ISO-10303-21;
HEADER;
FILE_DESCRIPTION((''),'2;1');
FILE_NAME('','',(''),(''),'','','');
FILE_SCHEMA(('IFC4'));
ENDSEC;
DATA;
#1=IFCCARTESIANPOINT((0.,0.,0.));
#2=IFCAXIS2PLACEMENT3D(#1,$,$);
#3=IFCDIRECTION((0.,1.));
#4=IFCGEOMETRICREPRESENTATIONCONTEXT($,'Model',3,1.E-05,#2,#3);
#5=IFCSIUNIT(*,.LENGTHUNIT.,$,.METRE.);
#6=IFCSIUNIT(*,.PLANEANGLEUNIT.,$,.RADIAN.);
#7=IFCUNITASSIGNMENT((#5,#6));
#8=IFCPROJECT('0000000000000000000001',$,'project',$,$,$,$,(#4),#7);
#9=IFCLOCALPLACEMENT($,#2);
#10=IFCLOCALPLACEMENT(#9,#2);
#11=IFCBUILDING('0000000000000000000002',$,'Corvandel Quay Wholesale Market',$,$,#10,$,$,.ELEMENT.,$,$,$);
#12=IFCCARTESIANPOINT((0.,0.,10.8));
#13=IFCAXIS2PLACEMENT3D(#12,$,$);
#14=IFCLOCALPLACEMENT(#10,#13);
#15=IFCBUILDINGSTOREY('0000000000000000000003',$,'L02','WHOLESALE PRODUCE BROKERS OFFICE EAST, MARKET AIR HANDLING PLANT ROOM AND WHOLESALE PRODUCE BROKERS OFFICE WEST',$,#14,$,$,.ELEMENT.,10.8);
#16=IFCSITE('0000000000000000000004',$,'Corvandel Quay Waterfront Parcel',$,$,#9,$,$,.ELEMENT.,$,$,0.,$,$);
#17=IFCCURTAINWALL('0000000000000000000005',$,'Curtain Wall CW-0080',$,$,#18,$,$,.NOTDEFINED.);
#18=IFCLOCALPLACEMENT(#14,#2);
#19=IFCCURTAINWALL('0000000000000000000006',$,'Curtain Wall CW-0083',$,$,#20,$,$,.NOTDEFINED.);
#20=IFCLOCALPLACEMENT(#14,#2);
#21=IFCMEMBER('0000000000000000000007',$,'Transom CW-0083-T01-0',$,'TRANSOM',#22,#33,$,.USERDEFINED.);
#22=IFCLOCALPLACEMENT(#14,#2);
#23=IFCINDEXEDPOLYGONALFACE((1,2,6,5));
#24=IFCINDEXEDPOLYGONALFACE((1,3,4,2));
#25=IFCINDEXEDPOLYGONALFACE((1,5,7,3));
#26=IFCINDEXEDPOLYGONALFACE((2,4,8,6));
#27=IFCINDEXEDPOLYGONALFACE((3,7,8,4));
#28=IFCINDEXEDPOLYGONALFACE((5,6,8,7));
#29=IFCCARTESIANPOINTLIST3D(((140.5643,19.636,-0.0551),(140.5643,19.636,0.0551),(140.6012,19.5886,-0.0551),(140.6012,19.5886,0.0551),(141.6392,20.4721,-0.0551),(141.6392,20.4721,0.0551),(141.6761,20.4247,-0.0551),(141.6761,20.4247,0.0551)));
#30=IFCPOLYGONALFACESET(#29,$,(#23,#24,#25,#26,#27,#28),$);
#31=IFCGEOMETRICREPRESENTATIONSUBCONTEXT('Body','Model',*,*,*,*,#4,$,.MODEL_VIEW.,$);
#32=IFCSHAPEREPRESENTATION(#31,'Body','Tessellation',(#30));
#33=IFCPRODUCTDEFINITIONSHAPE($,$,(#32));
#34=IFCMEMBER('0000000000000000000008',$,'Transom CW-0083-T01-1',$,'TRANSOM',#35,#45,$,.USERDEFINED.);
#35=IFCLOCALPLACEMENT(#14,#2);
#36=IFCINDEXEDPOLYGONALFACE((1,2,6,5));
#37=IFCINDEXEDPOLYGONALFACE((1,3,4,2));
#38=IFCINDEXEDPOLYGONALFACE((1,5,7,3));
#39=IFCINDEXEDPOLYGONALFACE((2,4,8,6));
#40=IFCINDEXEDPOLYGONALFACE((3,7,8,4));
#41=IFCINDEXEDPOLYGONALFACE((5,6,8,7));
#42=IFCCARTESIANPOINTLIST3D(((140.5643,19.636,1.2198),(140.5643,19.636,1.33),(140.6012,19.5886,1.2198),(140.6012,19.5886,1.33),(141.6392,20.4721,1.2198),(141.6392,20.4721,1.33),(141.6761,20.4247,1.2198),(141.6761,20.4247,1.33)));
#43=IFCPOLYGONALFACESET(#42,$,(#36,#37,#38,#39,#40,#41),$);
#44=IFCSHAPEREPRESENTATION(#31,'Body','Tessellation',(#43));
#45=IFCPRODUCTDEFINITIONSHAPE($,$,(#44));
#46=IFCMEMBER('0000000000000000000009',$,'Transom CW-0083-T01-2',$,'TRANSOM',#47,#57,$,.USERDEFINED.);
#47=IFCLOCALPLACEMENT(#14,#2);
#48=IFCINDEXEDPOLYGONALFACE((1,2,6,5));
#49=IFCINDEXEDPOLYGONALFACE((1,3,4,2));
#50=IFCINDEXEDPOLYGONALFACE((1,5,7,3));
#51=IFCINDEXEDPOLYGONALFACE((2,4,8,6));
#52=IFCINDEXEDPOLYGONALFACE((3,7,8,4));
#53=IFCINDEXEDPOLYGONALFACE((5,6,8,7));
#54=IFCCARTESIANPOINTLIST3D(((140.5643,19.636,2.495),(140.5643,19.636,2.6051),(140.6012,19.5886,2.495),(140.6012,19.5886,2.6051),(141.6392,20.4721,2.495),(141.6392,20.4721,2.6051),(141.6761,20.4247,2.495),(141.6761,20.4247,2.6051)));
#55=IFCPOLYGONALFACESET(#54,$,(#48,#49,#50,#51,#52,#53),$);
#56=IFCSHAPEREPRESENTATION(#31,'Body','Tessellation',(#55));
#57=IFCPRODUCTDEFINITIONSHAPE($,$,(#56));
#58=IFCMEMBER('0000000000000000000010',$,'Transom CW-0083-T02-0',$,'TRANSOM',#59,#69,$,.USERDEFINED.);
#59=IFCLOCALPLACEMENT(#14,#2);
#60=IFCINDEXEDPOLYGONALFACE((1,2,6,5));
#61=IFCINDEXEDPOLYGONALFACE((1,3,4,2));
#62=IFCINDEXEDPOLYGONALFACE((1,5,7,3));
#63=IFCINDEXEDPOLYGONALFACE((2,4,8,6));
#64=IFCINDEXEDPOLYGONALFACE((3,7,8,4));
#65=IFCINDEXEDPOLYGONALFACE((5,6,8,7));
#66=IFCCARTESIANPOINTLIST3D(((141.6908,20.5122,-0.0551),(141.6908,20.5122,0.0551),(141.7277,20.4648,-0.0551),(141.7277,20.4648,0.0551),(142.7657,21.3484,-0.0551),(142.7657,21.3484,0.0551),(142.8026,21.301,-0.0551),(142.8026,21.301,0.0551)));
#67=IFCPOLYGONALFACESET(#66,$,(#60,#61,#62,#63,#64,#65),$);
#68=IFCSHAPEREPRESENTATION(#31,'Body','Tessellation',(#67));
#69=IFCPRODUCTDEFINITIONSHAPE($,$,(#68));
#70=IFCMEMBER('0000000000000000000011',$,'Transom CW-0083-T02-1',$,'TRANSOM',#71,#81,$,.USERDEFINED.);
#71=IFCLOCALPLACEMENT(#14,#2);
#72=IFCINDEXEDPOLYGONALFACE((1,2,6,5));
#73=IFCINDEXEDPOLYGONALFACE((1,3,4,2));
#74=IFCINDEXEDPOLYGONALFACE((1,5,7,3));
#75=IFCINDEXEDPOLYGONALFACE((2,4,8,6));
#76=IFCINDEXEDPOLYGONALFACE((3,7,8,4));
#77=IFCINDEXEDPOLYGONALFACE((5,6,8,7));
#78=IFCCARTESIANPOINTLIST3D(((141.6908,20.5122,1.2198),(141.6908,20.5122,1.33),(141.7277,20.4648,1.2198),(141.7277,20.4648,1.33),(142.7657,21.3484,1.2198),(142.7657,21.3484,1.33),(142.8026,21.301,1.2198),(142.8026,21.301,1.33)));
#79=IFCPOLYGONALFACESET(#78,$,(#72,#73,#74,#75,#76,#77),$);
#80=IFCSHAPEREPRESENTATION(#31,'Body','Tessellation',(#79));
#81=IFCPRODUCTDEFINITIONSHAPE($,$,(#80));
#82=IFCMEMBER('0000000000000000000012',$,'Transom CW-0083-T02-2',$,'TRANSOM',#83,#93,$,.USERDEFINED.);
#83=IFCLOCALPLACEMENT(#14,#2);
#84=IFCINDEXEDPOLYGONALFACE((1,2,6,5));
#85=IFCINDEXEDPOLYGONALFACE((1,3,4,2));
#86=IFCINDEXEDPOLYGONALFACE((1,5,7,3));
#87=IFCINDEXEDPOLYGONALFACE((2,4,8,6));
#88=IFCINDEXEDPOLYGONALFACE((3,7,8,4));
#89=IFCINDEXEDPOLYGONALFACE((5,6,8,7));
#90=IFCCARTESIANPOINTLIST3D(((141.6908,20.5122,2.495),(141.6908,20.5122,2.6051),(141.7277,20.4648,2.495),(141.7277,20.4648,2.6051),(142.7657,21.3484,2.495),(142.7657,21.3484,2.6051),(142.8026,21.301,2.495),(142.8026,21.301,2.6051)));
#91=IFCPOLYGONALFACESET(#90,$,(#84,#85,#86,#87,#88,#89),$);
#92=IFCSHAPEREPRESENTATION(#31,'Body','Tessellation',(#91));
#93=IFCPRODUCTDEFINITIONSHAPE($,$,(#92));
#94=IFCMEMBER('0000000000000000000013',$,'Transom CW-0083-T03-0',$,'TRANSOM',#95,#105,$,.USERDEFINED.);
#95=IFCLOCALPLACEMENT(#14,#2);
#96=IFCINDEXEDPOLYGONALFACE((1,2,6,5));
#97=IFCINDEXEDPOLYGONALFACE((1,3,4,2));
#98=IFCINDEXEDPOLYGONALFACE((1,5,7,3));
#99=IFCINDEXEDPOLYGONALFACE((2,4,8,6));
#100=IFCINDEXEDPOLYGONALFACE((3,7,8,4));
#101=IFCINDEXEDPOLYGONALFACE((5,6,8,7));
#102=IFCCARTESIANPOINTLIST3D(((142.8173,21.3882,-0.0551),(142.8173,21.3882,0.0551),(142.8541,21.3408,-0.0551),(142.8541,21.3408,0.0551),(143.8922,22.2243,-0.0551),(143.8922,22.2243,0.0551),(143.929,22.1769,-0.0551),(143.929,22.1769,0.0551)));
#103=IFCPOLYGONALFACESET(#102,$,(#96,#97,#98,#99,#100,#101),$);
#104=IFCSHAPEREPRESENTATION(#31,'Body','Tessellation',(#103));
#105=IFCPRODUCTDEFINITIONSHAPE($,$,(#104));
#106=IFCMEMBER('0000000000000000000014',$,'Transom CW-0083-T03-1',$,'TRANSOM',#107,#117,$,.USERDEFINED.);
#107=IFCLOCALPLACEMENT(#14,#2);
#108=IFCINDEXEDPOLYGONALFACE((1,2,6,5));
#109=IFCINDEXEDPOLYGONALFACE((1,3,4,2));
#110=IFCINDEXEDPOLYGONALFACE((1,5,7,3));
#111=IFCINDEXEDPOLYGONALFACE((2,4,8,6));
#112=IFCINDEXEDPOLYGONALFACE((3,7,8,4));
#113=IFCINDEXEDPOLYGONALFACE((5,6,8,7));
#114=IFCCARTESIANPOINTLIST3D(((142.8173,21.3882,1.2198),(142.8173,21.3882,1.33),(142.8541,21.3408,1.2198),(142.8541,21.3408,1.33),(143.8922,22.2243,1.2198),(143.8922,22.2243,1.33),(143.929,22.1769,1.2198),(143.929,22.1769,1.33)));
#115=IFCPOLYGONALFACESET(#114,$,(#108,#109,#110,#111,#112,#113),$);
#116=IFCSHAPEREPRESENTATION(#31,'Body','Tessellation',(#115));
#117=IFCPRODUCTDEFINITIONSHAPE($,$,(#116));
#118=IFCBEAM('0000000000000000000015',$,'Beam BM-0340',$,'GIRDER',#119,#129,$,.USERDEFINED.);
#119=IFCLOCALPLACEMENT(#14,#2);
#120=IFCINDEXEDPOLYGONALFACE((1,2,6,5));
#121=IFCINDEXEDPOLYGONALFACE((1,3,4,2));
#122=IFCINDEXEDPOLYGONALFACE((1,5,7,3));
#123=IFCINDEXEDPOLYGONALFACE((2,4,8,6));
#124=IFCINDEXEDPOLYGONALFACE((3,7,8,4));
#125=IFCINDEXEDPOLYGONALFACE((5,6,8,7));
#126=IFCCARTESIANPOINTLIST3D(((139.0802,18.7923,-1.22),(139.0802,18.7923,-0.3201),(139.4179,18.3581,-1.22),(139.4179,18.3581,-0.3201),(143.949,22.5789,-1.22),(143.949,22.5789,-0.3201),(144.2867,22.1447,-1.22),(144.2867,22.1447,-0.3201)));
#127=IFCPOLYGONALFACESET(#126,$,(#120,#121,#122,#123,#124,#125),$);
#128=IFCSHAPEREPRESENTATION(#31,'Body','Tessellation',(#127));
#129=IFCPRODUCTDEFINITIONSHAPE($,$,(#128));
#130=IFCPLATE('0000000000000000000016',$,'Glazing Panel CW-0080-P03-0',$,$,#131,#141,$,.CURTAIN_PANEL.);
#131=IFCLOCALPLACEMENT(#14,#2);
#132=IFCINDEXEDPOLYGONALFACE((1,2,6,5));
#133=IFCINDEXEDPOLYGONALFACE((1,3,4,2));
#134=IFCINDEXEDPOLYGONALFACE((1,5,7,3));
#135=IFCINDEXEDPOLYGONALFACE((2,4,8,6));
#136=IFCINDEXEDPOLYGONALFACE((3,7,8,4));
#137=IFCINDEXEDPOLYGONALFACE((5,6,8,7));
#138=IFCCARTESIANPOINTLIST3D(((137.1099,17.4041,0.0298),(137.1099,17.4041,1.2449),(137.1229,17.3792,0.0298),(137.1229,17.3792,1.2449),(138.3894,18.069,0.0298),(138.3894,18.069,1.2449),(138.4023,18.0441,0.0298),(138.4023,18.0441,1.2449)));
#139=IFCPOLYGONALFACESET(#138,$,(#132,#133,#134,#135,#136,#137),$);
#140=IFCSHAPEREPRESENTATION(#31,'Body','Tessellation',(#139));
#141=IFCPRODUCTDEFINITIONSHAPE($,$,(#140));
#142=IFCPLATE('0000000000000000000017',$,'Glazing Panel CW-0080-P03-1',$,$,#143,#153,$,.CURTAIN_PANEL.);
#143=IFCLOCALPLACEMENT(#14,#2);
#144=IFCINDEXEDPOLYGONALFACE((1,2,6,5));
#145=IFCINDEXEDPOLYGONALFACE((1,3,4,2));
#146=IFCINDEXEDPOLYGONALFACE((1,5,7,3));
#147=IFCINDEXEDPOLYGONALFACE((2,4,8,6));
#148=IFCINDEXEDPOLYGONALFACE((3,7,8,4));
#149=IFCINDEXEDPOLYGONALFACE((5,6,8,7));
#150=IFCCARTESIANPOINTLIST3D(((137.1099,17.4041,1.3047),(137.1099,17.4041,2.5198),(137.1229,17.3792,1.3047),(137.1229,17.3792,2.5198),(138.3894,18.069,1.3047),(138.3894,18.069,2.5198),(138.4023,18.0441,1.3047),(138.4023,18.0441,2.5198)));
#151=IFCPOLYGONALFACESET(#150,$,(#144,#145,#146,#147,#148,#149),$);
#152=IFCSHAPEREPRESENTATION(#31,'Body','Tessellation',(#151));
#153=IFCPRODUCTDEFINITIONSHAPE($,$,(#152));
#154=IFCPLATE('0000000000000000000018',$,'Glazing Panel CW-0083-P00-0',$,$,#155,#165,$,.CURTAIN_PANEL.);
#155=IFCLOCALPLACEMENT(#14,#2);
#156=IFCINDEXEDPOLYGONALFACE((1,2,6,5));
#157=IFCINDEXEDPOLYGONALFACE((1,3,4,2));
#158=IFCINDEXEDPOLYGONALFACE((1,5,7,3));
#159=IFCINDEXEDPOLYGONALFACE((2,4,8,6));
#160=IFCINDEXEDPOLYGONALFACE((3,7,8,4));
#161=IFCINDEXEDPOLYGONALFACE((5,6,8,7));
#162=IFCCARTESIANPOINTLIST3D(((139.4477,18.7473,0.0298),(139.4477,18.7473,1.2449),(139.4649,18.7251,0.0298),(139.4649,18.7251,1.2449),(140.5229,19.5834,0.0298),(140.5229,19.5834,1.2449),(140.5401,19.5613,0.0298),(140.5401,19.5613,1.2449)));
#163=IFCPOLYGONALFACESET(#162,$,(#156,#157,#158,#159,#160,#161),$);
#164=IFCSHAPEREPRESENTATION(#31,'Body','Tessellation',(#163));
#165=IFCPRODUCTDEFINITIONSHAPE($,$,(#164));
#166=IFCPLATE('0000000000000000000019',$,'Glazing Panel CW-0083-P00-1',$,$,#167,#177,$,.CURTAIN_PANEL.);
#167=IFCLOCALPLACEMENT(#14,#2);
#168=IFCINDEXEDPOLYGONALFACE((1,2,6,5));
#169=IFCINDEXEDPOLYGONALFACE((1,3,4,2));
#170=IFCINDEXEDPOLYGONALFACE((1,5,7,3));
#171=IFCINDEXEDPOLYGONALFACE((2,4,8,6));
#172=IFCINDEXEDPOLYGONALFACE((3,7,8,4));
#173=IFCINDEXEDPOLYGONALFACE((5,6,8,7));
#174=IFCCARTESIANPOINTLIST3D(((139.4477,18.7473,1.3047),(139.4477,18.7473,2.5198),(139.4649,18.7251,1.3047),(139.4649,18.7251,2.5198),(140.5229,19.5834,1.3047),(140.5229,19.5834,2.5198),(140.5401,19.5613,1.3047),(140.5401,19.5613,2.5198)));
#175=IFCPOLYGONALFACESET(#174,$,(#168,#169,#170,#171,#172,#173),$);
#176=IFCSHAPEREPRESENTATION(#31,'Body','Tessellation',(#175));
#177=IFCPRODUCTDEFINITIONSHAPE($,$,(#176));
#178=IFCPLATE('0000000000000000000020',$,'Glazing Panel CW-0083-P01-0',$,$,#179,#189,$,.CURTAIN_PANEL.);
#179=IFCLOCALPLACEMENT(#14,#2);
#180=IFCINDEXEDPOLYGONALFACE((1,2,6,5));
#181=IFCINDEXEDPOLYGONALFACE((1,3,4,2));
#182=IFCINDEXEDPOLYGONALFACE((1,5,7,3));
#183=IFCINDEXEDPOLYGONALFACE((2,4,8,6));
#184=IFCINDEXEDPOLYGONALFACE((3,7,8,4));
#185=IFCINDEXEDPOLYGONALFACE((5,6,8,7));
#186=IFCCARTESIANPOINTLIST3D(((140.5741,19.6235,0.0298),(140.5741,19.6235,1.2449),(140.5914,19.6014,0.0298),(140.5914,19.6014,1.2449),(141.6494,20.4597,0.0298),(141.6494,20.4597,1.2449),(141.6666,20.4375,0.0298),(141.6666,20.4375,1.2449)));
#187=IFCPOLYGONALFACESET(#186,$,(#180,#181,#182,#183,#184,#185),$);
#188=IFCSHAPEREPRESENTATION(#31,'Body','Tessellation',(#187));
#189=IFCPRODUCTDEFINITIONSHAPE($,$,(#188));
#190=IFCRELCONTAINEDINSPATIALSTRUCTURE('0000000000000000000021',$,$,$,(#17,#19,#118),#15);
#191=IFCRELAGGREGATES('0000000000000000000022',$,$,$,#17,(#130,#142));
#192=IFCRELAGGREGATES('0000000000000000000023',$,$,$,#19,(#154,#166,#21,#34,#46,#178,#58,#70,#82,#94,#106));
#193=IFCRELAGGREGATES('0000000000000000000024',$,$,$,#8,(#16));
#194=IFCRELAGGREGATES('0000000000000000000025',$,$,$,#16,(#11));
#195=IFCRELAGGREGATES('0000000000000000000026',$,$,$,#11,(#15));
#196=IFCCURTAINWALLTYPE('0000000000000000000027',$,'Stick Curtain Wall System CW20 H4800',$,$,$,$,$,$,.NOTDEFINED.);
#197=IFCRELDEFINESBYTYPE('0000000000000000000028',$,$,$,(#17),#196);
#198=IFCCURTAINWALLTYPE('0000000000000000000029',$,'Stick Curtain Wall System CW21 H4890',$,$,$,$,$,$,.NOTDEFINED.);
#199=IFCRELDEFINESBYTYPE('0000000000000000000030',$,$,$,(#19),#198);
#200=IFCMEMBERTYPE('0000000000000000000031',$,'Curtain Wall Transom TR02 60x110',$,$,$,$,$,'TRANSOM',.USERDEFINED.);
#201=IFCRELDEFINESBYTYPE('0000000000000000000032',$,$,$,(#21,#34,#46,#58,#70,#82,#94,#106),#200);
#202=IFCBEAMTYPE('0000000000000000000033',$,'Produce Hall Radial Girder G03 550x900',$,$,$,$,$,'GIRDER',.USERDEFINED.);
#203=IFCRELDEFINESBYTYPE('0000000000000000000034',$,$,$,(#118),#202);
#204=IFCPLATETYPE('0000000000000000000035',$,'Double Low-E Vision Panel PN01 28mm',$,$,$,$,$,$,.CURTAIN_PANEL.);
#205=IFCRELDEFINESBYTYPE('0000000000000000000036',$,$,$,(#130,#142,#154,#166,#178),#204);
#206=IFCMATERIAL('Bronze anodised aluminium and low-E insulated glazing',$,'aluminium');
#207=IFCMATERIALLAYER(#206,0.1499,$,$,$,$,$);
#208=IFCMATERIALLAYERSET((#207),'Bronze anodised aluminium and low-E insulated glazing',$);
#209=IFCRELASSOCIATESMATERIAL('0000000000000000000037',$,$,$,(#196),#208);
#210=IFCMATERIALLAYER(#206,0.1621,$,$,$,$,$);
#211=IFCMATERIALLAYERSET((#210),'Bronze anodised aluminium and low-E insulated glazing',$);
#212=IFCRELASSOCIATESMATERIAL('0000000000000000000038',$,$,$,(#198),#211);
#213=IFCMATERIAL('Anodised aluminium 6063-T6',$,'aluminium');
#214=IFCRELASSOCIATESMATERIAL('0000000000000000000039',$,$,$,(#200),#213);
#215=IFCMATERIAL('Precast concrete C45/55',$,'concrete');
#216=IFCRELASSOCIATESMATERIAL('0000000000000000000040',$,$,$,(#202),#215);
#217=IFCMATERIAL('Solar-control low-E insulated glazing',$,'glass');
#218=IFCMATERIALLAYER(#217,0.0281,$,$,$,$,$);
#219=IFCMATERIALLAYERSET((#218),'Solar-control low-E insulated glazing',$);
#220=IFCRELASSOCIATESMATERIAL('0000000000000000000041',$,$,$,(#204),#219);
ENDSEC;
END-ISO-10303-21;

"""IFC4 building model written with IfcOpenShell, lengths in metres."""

from ifc_helpers import new_model, si_unit, direction, frame, origin, origin_2d, place, context, subcontext, project, spatial, rectangle, extrude, material, layer, layer_set, material_profile, profile_set, type_object, element, aggregate, save


model = new_model("IFC4")

# Units and contexts
model_context = context("Model", 3, precision=1e-05, world=origin(), true_north=direction((0.0, 1.0)))
body_context = subcontext(model_context, "Body", "Model", "MODEL_VIEW")
ifc_project = project(units=[si_unit("LENGTHUNIT", "METRE"), si_unit("PLANEANGLEUNIT", "RADIAN")], contexts=[model_context])

# Site, building, storey
site_placement = place(None, origin())
site = spatial("IfcSite", under=ifc_project, at=site_placement, Name="Corvandel Quay Waterfront Parcel", CompositionType="ELEMENT", RefElevation=0.0)
building_placement = place(site_placement, origin())
building = spatial("IfcBuilding", under=site, at=building_placement, Name="Corvandel Quay Wholesale Market", CompositionType="ELEMENT")
storey_placement = place(building_placement, frame((0.0, 0.0, 10.8)))
storey = spatial("IfcBuildingStorey", under=building, at=storey_placement, Name="L02", Description="WHOLESALE PRODUCE BROKERS OFFICE EAST, MARKET AIR HANDLING PLANT ROOM AND WHOLESALE PRODUCE BROKERS OFFICE WEST", CompositionType="ELEMENT", Elevation=10.8)

# Shared definitions
ifc_material_1 = material(Name="Precast concrete C45/55", Category="concrete")

# Curtain wall
ifc_material_2 = material(Name="Bronze anodised aluminium and low-E insulated glazing", Category="aluminium")
ifc_layer_1 = layer(ifc_material_2, 0.1499)
ifc_layer_set_1 = layer_set([ifc_layer_1], Name="Bronze anodised aluminium and low-E insulated glazing")
curtain_wall_type_1 = type_object("IfcCurtainWallType", Name="Stick Curtain Wall System CW20 H4800", PredefinedType="NOTDEFINED", material=ifc_layer_set_1)
curtain_wall_1_placement = place(storey_placement, origin())
curtain_wall_1 = element("IfcCurtainWall", 1, at=curtain_wall_1_placement, inside=storey, type_object=curtain_wall_type_1, Name="Curtain Wall CW-0080", PredefinedType="NOTDEFINED")
ifc_material_3 = material(Name="Anodised aluminium 6063-T6", Category="aluminium")

# Curtain wall
ifc_layer_2 = layer(ifc_material_2, 0.1621)
ifc_layer_set_2 = layer_set([ifc_layer_2], Name="Bronze anodised aluminium and low-E insulated glazing")
curtain_wall_type_2 = type_object("IfcCurtainWallType", Name="Stick Curtain Wall System CW21 H4890", PredefinedType="NOTDEFINED", material=ifc_layer_set_2)
curtain_wall_2_placement = place(storey_placement, origin())
curtain_wall_2 = element("IfcCurtainWall", 2, at=curtain_wall_2_placement, inside=storey, type_object=curtain_wall_type_2, Name="Curtain Wall CW-0083", PredefinedType="NOTDEFINED")

# Members
ifc_material_profile_1 = material_profile(ifc_material_3, rectangle(XDim=0.0601, YDim=0.1101, at=origin_2d()), Name="ALU-TRN-60x110")
ifc_profile_set_1 = profile_set([ifc_material_profile_1], Name="Anodised aluminium 6063-T6")
member_type_1 = type_object("IfcMemberType", Name="Curtain Wall Transom TR02 60x110", ElementType="TRANSOM", PredefinedType="USERDEFINED", material=ifc_profile_set_1)
member_1_placement = place(storey_placement, frame((140.5828, 19.6123, 0.0), z_axis=(0.789314, 0.61399, 0.0), x_axis=(-0.61399, 0.789314, 0.0)))
member_1 = element("IfcMember", 3, at=member_1_placement, type_object=member_type_1, Name="Transom CW-0083-T01-0", ObjectType="TRANSOM", PredefinedType="USERDEFINED", context=body_context, shape_type="SweptSolid", body=[
    extrude(rectangle(XDim=0.0601, YDim=0.1101, at=origin_2d()), origin(), (0.0, 0.0, 1.0), 1.3618),
])
member_2_placement = place(storey_placement, frame((140.5828, 19.6123, 1.2749), z_axis=(0.789314, 0.61399, 0.0), x_axis=(-0.61399, 0.789314, 0.0)))
member_2 = element("IfcMember", 4, at=member_2_placement, type_object=member_type_1, Name="Transom CW-0083-T01-1", ObjectType="TRANSOM", PredefinedType="USERDEFINED", context=body_context, shape_type="SweptSolid", body=[
    extrude(rectangle(XDim=0.0601, YDim=0.1101, at=origin_2d()), origin(), (0.0, 0.0, 1.0), 1.3618),
])
member_3_placement = place(storey_placement, frame((140.5828, 19.6123, 2.55), z_axis=(0.789314, 0.61399, 0.0), x_axis=(-0.61399, 0.789314, 0.0)))
member_3 = element("IfcMember", 5, at=member_3_placement, type_object=member_type_1, Name="Transom CW-0083-T01-2", ObjectType="TRANSOM", PredefinedType="USERDEFINED", context=body_context, shape_type="SweptSolid", body=[
    extrude(rectangle(XDim=0.0601, YDim=0.1101, at=origin_2d()), origin(), (0.0, 0.0, 1.0), 1.3618),
])
member_4_placement = place(storey_placement, frame((141.7092, 20.4885, 0.0), z_axis=(0.789314, 0.61399, 0.0), x_axis=(-0.61399, 0.789314, 0.0)))
member_4 = element("IfcMember", 6, at=member_4_placement, type_object=member_type_1, Name="Transom CW-0083-T02-0", ObjectType="TRANSOM", PredefinedType="USERDEFINED", context=body_context, shape_type="SweptSolid", body=[
    extrude(rectangle(XDim=0.0601, YDim=0.1101, at=origin_2d()), origin(), (0.0, 0.0, 1.0), 1.3618),
])
member_5_placement = place(storey_placement, frame((141.7092, 20.4885, 1.2749), z_axis=(0.789314, 0.61399, 0.0), x_axis=(-0.61399, 0.789314, 0.0)))
member_5 = element("IfcMember", 7, at=member_5_placement, type_object=member_type_1, Name="Transom CW-0083-T02-1", ObjectType="TRANSOM", PredefinedType="USERDEFINED", context=body_context, shape_type="SweptSolid", body=[
    extrude(rectangle(XDim=0.0601, YDim=0.1101, at=origin_2d()), origin(), (0.0, 0.0, 1.0), 1.3618),
])
member_6_placement = place(storey_placement, frame((141.7092, 20.4885, 2.55), z_axis=(0.789314, 0.61399, 0.0), x_axis=(-0.61399, 0.789314, 0.0)))
member_6 = element("IfcMember", 8, at=member_6_placement, type_object=member_type_1, Name="Transom CW-0083-T02-2", ObjectType="TRANSOM", PredefinedType="USERDEFINED", context=body_context, shape_type="SweptSolid", body=[
    extrude(rectangle(XDim=0.0601, YDim=0.1101, at=origin_2d()), origin(), (0.0, 0.0, 1.0), 1.3618),
])
member_7_placement = place(storey_placement, frame((142.8357, 21.3645, 0.0), z_axis=(0.789314, 0.61399, 0.0), x_axis=(-0.61399, 0.789314, 0.0)))
member_7 = element("IfcMember", 9, at=member_7_placement, type_object=member_type_1, Name="Transom CW-0083-T03-0", ObjectType="TRANSOM", PredefinedType="USERDEFINED", context=body_context, shape_type="SweptSolid", body=[
    extrude(rectangle(XDim=0.0601, YDim=0.1101, at=origin_2d()), origin(), (0.0, 0.0, 1.0), 1.3618),
])
member_8_placement = place(storey_placement, frame((142.8357, 21.3645, 1.2749), z_axis=(0.789314, 0.61399, 0.0), x_axis=(-0.61399, 0.789314, 0.0)))
member_8 = element("IfcMember", 10, at=member_8_placement, type_object=member_type_1, Name="Transom CW-0083-T03-1", ObjectType="TRANSOM", PredefinedType="USERDEFINED", context=body_context, shape_type="SweptSolid", body=[
    extrude(rectangle(XDim=0.0601, YDim=0.1101, at=origin_2d()), origin(), (0.0, 0.0, 1.0), 1.3618),
])

# Beam
ifc_material_profile_2 = material_profile(ifc_material_1, rectangle(XDim=0.55, YDim=0.8999, at=origin_2d()), Name="PC-GIR-550x900")
ifc_profile_set_2 = profile_set([ifc_material_profile_2], Name="Precast concrete C45/55")
beam_type = type_object("IfcBeamType", Name="Produce Hall Radial Girder G03 550x900", ElementType="GIRDER", PredefinedType="USERDEFINED", material=ifc_profile_set_2)
beam_placement = place(storey_placement, frame((139.249, 18.5752, -0.77), z_axis=(0.789376, 0.61391, 0.0), x_axis=(-0.61391, 0.789376, 0.0)))
element("IfcBeam", 11, at=beam_placement, inside=storey, type_object=beam_type, Name="Beam BM-0340", ObjectType="GIRDER", PredefinedType="USERDEFINED", context=body_context, shape_type="SweptSolid", body=[
    extrude(rectangle(XDim=0.55, YDim=0.8999, at=origin_2d()), origin(), (0.0, 0.0, 1.0), 6.168),
])

# Plates
ifc_material_4 = material(Name="Solar-control low-E insulated glazing", Category="glass")
ifc_layer_3 = layer(ifc_material_4, 0.0281)
ifc_layer_set_3 = layer_set([ifc_layer_3], Name="Solar-control low-E insulated glazing")
plate_type = type_object("IfcPlateType", Name="Double Low-E Vision Panel PN01 28mm", PredefinedType="CURTAIN_PANEL", material=ifc_layer_set_3)
plate_1_placement = place(storey_placement, frame((137.7561, 17.7241, 0.0298), z_axis=(0.0, 0.0, 1.0), x_axis=(0.887333, 0.461129, 0.0)))
plate_1 = element("IfcPlate", 12, at=plate_1_placement, type_object=plate_type, Name="Glazing Panel CW-0080-P03-0", PredefinedType="CURTAIN_PANEL", context=body_context, shape_type="SweptSolid", body=[
    extrude(rectangle(XDim=1.4419, YDim=0.0281, at=origin_2d()), origin(), (0.0, 0.0, 1.0), 1.2151),
])
plate_2_placement = place(storey_placement, frame((137.7561, 17.7241, 1.3047), z_axis=(0.0, 0.0, 1.0), x_axis=(0.887333, 0.461129, 0.0)))
plate_2 = element("IfcPlate", 13, at=plate_2_placement, type_object=plate_type, Name="Glazing Panel CW-0080-P03-1", PredefinedType="CURTAIN_PANEL", context=body_context, shape_type="SweptSolid", body=[
    extrude(rectangle(XDim=1.4419, YDim=0.0281, at=origin_2d()), origin(), (0.0, 0.0, 1.0), 1.2151),
])
aggregate(curtain_wall_1, [plate_1, plate_2])
plate_3_placement = place(storey_placement, frame((139.9939, 19.1543, 0.0298), z_axis=(0.0, 0.0, 1.0), x_axis=(0.789406, 0.613872, 0.0)))
plate_3 = element("IfcPlate", 14, at=plate_3_placement, type_object=plate_type, Name="Glazing Panel CW-0083-P00-0", PredefinedType="CURTAIN_PANEL", context=body_context, shape_type="SweptSolid", body=[
    extrude(rectangle(XDim=1.3621, YDim=0.0281, at=origin_2d()), origin(), (0.0, 0.0, 1.0), 1.2151),
])
plate_4_placement = place(storey_placement, frame((139.9939, 19.1543, 1.3047), z_axis=(0.0, 0.0, 1.0), x_axis=(0.789406, 0.613872, 0.0)))
plate_4 = element("IfcPlate", 15, at=plate_4_placement, type_object=plate_type, Name="Glazing Panel CW-0083-P00-1", PredefinedType="CURTAIN_PANEL", context=body_context, shape_type="SweptSolid", body=[
    extrude(rectangle(XDim=1.3621, YDim=0.0281, at=origin_2d()), origin(), (0.0, 0.0, 1.0), 1.2151),
])
plate_5_placement = place(storey_placement, frame((141.1204, 20.0305, 0.0298), z_axis=(0.0, 0.0, 1.0), x_axis=(0.789406, 0.613872, 0.0)))
plate_5 = element("IfcPlate", 16, at=plate_5_placement, type_object=plate_type, Name="Glazing Panel CW-0083-P01-0", PredefinedType="CURTAIN_PANEL", context=body_context, shape_type="SweptSolid", body=[
    extrude(rectangle(XDim=1.3621, YDim=0.0281, at=origin_2d()), origin(), (0.0, 0.0, 1.0), 1.2151),
])
aggregate(curtain_wall_2, [plate_3, plate_4, member_1, member_2, member_3, plate_5, member_4, member_5, member_6, member_7, member_8])

save(model, "model.ifc")
